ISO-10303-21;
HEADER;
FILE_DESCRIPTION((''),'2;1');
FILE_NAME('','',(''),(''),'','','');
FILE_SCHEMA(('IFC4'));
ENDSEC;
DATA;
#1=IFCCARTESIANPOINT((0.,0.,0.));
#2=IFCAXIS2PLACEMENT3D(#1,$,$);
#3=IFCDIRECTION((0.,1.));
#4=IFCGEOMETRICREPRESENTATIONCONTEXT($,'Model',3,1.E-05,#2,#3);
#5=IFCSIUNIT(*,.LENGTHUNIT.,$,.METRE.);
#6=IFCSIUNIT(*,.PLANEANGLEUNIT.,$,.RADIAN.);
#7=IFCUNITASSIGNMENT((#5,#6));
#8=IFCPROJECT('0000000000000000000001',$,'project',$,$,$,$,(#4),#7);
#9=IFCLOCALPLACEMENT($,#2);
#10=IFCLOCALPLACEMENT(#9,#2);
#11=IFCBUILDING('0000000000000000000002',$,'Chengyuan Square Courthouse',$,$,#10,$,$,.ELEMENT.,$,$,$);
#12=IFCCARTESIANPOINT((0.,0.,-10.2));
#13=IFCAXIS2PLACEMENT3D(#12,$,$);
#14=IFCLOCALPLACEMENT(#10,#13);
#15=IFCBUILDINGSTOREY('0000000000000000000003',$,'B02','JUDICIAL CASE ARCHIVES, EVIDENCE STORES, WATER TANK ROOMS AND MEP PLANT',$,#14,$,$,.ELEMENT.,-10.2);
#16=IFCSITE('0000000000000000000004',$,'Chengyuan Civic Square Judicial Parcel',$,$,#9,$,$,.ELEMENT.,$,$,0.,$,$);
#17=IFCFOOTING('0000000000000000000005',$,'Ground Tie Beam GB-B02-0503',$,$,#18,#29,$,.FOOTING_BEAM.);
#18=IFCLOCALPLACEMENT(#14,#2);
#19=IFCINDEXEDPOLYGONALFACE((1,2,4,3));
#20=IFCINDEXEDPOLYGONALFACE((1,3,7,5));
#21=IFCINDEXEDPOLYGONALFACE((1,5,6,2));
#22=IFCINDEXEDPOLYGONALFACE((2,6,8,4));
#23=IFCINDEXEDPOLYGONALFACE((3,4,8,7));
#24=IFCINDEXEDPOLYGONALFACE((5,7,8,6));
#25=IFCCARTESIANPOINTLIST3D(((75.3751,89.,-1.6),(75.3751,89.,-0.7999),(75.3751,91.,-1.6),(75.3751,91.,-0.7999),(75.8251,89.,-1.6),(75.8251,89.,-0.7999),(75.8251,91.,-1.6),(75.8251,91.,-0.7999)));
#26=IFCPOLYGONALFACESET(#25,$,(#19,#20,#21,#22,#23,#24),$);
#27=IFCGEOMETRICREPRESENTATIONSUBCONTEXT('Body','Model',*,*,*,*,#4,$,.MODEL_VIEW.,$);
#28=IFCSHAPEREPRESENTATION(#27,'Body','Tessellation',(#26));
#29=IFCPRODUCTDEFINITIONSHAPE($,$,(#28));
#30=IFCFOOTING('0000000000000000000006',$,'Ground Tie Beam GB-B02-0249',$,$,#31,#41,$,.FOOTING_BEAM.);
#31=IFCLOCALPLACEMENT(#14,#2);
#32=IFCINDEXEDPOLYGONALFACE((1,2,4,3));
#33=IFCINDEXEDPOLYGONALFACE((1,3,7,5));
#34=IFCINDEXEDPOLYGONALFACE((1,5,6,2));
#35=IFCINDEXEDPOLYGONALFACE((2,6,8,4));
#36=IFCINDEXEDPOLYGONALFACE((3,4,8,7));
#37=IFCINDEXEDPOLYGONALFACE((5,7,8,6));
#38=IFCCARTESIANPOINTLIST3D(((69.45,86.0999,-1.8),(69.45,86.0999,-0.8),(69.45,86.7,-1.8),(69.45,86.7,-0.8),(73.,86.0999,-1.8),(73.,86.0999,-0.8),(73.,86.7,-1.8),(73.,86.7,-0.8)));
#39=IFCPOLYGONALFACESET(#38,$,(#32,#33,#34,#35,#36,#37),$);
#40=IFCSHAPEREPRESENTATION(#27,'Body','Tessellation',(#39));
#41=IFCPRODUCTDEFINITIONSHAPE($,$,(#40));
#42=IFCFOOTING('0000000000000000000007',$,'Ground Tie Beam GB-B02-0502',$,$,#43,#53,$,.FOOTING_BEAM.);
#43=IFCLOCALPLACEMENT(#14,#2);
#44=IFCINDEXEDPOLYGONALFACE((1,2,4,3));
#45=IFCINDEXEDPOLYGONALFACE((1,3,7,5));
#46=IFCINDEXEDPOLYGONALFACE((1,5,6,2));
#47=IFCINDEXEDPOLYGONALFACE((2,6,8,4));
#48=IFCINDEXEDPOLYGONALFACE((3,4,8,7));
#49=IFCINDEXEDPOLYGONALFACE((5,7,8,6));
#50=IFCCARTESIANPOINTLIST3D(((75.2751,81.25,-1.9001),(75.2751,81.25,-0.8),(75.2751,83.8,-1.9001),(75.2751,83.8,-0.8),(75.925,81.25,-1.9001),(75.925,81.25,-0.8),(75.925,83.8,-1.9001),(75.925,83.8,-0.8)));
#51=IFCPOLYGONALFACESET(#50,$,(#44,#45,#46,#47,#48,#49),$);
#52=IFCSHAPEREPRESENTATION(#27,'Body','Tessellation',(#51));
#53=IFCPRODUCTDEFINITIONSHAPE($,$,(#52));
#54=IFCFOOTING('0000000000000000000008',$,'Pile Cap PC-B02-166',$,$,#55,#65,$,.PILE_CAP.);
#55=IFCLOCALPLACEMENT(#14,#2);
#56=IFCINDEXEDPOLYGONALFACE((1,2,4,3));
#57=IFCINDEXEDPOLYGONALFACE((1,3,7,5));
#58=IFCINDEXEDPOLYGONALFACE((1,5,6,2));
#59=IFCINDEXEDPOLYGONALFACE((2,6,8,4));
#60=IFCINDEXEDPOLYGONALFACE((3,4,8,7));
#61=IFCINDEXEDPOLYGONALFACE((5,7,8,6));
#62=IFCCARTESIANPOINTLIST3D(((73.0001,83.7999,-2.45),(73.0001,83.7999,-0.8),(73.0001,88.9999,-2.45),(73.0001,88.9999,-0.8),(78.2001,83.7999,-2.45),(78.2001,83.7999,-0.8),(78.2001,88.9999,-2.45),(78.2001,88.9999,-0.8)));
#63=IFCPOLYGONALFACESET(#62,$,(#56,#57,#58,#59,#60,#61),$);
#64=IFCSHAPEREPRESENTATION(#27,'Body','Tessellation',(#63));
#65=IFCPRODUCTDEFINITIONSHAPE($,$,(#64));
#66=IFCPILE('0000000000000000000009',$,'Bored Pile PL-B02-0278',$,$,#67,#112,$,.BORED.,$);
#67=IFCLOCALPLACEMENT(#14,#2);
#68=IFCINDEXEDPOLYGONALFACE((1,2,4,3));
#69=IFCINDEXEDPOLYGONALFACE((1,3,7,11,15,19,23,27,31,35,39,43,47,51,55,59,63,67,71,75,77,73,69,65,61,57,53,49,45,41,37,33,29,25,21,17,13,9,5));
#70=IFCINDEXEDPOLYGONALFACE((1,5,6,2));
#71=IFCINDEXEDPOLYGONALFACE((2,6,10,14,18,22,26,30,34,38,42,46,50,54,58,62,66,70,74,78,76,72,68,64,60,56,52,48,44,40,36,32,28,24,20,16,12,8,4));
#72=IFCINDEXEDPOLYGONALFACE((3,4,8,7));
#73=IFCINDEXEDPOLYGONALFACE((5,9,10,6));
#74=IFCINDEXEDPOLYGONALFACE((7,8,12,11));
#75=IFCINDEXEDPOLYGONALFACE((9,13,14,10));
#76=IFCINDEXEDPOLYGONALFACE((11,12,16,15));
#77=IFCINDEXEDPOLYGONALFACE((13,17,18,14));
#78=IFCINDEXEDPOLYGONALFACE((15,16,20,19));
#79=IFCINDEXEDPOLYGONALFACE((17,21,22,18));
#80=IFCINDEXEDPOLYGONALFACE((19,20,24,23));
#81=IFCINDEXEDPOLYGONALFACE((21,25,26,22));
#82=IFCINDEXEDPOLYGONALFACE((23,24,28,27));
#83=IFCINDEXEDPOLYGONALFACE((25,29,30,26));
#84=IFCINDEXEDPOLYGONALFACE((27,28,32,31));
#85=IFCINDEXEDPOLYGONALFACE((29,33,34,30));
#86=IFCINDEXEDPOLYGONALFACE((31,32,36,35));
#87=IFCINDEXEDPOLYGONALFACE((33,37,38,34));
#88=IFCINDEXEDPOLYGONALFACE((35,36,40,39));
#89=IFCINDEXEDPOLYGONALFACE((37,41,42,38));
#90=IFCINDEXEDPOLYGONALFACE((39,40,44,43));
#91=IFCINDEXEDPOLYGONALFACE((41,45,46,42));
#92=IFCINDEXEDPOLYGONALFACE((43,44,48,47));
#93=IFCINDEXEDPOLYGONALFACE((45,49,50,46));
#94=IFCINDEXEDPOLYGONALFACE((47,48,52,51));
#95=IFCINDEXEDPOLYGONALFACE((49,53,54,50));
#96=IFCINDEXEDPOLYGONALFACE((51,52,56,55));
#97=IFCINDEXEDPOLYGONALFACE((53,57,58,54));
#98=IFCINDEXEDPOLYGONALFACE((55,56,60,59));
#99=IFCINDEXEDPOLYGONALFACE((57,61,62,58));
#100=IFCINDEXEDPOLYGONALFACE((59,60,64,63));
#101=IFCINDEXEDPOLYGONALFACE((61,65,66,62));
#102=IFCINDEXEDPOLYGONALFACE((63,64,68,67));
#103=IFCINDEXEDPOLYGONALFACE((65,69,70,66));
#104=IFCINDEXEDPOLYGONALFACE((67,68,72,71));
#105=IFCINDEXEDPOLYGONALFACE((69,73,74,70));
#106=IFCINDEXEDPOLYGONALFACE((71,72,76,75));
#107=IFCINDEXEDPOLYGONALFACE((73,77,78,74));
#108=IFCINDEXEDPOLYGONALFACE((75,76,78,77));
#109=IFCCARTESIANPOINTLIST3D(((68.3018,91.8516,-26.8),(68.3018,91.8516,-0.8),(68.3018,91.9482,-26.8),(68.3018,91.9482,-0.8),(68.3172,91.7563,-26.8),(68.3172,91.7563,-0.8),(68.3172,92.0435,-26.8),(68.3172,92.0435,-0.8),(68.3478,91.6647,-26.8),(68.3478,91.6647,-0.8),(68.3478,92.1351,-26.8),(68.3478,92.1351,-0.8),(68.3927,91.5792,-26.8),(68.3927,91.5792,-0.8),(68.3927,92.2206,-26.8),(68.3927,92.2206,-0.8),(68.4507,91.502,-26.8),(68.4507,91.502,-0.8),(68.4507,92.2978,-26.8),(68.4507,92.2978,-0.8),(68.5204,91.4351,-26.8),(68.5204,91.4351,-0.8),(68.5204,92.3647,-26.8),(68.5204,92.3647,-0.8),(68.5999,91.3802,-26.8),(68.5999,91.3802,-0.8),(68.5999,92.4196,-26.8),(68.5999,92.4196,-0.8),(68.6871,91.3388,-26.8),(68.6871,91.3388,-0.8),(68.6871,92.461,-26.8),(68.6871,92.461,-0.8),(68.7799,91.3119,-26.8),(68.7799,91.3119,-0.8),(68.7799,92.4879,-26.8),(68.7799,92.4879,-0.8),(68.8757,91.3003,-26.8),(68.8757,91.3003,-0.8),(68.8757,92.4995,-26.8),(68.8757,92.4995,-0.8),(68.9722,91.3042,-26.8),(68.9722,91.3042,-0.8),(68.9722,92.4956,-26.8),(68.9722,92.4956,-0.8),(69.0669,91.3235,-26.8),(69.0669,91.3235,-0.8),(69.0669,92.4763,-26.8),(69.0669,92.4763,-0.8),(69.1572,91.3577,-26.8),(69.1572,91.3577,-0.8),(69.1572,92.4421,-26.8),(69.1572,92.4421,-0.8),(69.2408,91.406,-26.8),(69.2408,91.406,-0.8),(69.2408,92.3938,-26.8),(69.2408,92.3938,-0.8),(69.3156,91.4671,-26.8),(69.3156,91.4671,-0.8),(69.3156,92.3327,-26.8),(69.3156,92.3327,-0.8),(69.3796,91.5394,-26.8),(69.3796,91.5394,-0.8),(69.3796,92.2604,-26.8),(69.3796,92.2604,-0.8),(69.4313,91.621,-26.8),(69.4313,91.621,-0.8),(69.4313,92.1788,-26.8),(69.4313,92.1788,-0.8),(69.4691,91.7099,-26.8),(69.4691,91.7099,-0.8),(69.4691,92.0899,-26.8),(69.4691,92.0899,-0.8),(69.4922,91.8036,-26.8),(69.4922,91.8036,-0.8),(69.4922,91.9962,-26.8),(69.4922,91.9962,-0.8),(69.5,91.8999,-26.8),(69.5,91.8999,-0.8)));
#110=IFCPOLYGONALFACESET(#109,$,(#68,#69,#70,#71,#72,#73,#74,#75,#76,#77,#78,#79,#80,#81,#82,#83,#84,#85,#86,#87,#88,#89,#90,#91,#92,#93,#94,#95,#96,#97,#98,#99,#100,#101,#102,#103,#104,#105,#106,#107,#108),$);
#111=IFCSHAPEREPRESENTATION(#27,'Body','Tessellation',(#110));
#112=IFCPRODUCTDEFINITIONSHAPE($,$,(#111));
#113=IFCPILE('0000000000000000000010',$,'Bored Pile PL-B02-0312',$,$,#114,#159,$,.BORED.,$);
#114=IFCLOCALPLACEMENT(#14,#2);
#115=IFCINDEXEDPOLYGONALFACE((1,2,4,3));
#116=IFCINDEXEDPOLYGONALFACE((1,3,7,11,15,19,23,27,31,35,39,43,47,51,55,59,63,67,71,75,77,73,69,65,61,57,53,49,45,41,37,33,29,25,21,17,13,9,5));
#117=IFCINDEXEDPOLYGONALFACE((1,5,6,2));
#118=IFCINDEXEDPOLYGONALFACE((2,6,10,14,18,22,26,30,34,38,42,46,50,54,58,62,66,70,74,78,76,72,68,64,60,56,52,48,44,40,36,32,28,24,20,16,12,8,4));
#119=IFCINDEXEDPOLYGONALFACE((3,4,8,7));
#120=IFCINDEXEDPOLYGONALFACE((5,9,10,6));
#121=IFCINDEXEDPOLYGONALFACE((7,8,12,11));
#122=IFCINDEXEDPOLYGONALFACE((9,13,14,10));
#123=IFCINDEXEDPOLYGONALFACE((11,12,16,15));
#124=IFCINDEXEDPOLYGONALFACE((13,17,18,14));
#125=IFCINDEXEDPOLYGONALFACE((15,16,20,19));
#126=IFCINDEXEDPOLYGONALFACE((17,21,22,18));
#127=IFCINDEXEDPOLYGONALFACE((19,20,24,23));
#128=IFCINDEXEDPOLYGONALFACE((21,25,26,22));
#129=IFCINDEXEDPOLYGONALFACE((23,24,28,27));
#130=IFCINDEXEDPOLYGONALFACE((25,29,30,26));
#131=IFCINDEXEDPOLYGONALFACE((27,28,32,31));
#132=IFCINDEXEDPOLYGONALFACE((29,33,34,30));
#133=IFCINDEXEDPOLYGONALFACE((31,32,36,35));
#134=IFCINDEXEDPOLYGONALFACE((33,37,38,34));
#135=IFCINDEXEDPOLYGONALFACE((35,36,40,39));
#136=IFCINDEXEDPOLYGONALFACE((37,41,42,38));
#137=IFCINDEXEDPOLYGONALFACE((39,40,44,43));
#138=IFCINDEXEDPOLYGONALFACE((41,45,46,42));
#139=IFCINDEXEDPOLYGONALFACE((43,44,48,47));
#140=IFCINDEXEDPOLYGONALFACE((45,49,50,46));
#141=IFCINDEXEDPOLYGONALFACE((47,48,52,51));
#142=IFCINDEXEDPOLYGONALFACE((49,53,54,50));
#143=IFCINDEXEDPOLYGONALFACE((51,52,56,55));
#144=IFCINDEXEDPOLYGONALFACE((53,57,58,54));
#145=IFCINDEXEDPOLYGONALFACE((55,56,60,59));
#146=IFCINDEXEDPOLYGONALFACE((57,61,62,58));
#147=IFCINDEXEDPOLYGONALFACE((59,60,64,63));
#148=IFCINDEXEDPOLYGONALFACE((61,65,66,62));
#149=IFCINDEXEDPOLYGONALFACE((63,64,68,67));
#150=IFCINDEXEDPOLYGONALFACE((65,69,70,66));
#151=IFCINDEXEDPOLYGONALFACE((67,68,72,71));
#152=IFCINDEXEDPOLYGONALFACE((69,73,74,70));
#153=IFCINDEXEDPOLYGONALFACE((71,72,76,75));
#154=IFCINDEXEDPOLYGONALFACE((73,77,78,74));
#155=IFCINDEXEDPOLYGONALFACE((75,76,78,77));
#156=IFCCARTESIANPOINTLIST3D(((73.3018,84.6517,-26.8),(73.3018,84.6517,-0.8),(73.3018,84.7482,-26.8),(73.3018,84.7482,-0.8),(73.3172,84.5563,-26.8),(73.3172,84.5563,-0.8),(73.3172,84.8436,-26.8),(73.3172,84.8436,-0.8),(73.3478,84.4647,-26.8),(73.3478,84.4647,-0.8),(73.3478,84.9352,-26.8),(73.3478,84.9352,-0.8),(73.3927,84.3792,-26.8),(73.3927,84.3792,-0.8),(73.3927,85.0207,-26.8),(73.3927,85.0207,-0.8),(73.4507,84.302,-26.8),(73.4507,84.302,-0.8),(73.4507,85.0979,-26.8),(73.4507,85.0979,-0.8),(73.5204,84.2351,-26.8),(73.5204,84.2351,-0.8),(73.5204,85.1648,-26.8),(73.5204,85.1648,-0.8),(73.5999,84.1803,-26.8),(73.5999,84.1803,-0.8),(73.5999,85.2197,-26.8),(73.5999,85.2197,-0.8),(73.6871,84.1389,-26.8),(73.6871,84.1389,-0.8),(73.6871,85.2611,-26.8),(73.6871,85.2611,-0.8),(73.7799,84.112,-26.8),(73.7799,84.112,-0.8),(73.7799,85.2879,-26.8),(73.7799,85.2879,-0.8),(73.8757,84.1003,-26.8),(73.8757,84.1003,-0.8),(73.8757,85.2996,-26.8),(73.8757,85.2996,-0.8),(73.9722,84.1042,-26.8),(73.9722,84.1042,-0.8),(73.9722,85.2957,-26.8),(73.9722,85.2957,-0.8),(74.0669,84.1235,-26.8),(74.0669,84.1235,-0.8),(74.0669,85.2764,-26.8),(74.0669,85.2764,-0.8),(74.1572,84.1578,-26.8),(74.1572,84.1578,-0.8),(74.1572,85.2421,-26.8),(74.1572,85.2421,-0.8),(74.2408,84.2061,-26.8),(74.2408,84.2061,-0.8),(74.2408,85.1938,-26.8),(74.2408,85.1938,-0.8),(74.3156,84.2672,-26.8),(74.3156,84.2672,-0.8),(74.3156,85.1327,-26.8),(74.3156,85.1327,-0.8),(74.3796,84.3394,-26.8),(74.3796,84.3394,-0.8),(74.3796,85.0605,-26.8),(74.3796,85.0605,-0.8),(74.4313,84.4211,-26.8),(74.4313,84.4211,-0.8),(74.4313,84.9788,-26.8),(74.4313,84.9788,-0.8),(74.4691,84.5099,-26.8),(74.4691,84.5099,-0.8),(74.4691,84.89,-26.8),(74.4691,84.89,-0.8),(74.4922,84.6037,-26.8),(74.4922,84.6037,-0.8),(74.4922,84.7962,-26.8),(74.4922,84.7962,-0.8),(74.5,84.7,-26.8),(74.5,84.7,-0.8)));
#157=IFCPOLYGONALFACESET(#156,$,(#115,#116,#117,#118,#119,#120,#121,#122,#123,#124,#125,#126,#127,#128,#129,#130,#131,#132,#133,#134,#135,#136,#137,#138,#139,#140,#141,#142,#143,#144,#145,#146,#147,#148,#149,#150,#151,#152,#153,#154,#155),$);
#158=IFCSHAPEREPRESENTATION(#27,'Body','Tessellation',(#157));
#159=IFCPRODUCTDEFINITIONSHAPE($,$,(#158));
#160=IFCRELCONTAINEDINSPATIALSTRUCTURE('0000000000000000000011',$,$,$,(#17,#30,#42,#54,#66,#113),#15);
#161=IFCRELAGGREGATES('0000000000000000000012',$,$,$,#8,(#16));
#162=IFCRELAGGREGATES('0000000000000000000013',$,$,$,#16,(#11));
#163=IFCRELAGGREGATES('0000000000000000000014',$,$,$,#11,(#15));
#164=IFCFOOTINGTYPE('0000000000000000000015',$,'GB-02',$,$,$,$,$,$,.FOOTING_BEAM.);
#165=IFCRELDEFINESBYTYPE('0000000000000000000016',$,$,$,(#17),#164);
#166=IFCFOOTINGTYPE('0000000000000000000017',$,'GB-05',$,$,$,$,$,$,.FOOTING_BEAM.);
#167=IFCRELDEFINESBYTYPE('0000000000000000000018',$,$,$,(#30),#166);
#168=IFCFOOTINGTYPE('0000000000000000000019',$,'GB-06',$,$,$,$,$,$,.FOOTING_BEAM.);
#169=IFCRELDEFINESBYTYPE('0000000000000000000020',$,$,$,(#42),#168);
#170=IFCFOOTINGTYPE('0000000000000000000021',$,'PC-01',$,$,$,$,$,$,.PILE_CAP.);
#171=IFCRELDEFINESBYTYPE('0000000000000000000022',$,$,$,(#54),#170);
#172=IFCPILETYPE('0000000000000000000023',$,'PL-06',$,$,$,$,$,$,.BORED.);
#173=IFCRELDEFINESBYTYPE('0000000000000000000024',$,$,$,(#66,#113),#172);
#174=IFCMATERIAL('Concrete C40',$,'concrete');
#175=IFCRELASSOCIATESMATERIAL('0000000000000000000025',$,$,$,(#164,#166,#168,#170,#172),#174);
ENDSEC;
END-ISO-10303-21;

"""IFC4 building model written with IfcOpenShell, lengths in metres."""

from ifc_helpers import new_model, si_unit, direction, frame, origin, origin_2d, place, context, subcontext, project, spatial, rectangle, circle, extrude, material, material_profile, profile_set, type_object, element, save


model = new_model("IFC4")

# Units and contexts
model_context = context("Model", 3, precision=1e-05, world=origin(), true_north=direction((0.0, 1.0)))
body_context = subcontext(model_context, "Body", "Model", "MODEL_VIEW")
ifc_project = project(units=[si_unit("LENGTHUNIT", "METRE"), si_unit("PLANEANGLEUNIT", "RADIAN")], contexts=[model_context])

# Site, building, storey
site_placement = place(None, origin())
site = spatial("IfcSite", under=ifc_project, at=site_placement, Name="Chengyuan Civic Square Judicial Parcel", CompositionType="ELEMENT", RefElevation=0.0)
building_placement = place(site_placement, origin())
building = spatial("IfcBuilding", under=site, at=building_placement, Name="Chengyuan Square Courthouse", CompositionType="ELEMENT")
storey_placement = place(building_placement, frame((0.0, 0.0, -10.2)))
storey = spatial("IfcBuildingStorey", under=building, at=storey_placement, Name="B02", Description="JUDICIAL CASE ARCHIVES, EVIDENCE STORES, WATER TANK ROOMS AND MEP PLANT", CompositionType="ELEMENT", Elevation=-10.2)

# Footings
ifc_material_1 = material(Name="Concrete C40", Category="concrete")
ifc_material_profile_1 = material_profile(ifc_material_1, rectangle(XDim=0.45, YDim=0.8, at=origin_2d()), Name="GB-450x800")
ifc_profile_set_1 = profile_set([ifc_material_profile_1], Name="Concrete C40")
footing_type_1 = type_object("IfcFootingType", Name="GB-02", PredefinedType="FOOTING_BEAM", material=ifc_profile_set_1)
footing_1_placement = place(storey_placement, frame((75.6001, 89.0, -1.2), z_axis=(0.0, 1.0, 0.0), x_axis=(-1.0, 0.0, 0.0)))
element("IfcFooting", 1, at=footing_1_placement, inside=storey, type_object=footing_type_1, Name="Ground Tie Beam GB-B02-0503", PredefinedType="FOOTING_BEAM", context=body_context, shape_type="SweptSolid", body=[
    extrude(rectangle(XDim=0.45, YDim=0.8, at=origin_2d()), origin(), (0.0, 0.0, 1.0), 2.0),
])
ifc_material_profile_2 = material_profile(ifc_material_1, rectangle(XDim=0.6001, YDim=1.0, at=origin_2d()), Name="GB-600x1000")
ifc_profile_set_2 = profile_set([ifc_material_profile_2], Name="Concrete C40")
footing_type_2 = type_object("IfcFootingType", Name="GB-05", PredefinedType="FOOTING_BEAM", material=ifc_profile_set_2)
footing_2_placement = place(storey_placement, frame((69.45, 86.3999, -1.3), z_axis=(1.0, 0.0, 0.0), x_axis=(0.0, 1.0, 0.0)))
element("IfcFooting", 2, at=footing_2_placement, inside=storey, type_object=footing_type_2, Name="Ground Tie Beam GB-B02-0249", PredefinedType="FOOTING_BEAM", context=body_context, shape_type="SweptSolid", body=[
    extrude(rectangle(XDim=0.6001, YDim=1.0, at=origin_2d()), origin(), (0.0, 0.0, 1.0), 3.55),
])
ifc_material_profile_3 = material_profile(ifc_material_1, rectangle(XDim=0.6499, YDim=1.1001, at=origin_2d()), Name="GB-650x1100")
ifc_profile_set_3 = profile_set([ifc_material_profile_3], Name="Concrete C40")
footing_type_3 = type_object("IfcFootingType", Name="GB-06", PredefinedType="FOOTING_BEAM", material=ifc_profile_set_3)
footing_3_placement = place(storey_placement, frame((75.6001, 81.25, -1.3501), z_axis=(0.0, 1.0, 0.0), x_axis=(-1.0, 0.0, 0.0)))
element("IfcFooting", 3, at=footing_3_placement, inside=storey, type_object=footing_type_3, Name="Ground Tie Beam GB-B02-0502", PredefinedType="FOOTING_BEAM", context=body_context, shape_type="SweptSolid", body=[
    extrude(rectangle(XDim=0.6499, YDim=1.1001, at=origin_2d()), origin(), (0.0, 0.0, 1.0), 2.55),
])
footing_type_4 = type_object("IfcFootingType", Name="PC-01", PredefinedType="PILE_CAP", material=ifc_material_1)
footing_4_placement = place(storey_placement, frame((75.6001, 86.3999, -2.45), z_axis=(0.0, 0.0, 1.0), x_axis=(1.0, 0.0, 0.0)))
element("IfcFooting", 4, at=footing_4_placement, inside=storey, type_object=footing_type_4, Name="Pile Cap PC-B02-166", PredefinedType="PILE_CAP", context=body_context, shape_type="SweptSolid", body=[
    extrude(rectangle(XDim=5.2, YDim=5.2, at=origin_2d()), origin(), (0.0, 0.0, 1.0), 1.6499),
])

# Piles
ifc_material_profile_4 = material_profile(ifc_material_1, circle(Radius=0.6001, at=origin_2d()), Name="BORED PILE D1200")
ifc_profile_set_4 = profile_set([ifc_material_profile_4], Name="Concrete C40")
pile_type = type_object("IfcPileType", Name="PL-06", PredefinedType="BORED", material=ifc_profile_set_4)
for number, where, z_axis, x_axis, name in (
    (5, (68.8999, 91.8999, -0.8), (0.0, 0.0, -1.0), (1.0, 0.0, 0.0), "Bored Pile PL-B02-0278"),
    (6, (73.8999, 84.7, -0.8), (0.0, 0.0, -1.0), (1.0, 0.0, 0.0), "Bored Pile PL-B02-0312"),
):
    element("IfcPile", number, at=place(storey_placement, frame(where, z_axis=z_axis, x_axis=x_axis)), inside=storey, type_object=pile_type, Name=name, PredefinedType="BORED", context=body_context, shape_type="SweptSolid", body=[
        extrude(circle(Radius=0.6001, at=origin_2d()), origin(), (0.0, 0.0, 1.0), 26.0),
    ])

save(model, "model.ifc")
